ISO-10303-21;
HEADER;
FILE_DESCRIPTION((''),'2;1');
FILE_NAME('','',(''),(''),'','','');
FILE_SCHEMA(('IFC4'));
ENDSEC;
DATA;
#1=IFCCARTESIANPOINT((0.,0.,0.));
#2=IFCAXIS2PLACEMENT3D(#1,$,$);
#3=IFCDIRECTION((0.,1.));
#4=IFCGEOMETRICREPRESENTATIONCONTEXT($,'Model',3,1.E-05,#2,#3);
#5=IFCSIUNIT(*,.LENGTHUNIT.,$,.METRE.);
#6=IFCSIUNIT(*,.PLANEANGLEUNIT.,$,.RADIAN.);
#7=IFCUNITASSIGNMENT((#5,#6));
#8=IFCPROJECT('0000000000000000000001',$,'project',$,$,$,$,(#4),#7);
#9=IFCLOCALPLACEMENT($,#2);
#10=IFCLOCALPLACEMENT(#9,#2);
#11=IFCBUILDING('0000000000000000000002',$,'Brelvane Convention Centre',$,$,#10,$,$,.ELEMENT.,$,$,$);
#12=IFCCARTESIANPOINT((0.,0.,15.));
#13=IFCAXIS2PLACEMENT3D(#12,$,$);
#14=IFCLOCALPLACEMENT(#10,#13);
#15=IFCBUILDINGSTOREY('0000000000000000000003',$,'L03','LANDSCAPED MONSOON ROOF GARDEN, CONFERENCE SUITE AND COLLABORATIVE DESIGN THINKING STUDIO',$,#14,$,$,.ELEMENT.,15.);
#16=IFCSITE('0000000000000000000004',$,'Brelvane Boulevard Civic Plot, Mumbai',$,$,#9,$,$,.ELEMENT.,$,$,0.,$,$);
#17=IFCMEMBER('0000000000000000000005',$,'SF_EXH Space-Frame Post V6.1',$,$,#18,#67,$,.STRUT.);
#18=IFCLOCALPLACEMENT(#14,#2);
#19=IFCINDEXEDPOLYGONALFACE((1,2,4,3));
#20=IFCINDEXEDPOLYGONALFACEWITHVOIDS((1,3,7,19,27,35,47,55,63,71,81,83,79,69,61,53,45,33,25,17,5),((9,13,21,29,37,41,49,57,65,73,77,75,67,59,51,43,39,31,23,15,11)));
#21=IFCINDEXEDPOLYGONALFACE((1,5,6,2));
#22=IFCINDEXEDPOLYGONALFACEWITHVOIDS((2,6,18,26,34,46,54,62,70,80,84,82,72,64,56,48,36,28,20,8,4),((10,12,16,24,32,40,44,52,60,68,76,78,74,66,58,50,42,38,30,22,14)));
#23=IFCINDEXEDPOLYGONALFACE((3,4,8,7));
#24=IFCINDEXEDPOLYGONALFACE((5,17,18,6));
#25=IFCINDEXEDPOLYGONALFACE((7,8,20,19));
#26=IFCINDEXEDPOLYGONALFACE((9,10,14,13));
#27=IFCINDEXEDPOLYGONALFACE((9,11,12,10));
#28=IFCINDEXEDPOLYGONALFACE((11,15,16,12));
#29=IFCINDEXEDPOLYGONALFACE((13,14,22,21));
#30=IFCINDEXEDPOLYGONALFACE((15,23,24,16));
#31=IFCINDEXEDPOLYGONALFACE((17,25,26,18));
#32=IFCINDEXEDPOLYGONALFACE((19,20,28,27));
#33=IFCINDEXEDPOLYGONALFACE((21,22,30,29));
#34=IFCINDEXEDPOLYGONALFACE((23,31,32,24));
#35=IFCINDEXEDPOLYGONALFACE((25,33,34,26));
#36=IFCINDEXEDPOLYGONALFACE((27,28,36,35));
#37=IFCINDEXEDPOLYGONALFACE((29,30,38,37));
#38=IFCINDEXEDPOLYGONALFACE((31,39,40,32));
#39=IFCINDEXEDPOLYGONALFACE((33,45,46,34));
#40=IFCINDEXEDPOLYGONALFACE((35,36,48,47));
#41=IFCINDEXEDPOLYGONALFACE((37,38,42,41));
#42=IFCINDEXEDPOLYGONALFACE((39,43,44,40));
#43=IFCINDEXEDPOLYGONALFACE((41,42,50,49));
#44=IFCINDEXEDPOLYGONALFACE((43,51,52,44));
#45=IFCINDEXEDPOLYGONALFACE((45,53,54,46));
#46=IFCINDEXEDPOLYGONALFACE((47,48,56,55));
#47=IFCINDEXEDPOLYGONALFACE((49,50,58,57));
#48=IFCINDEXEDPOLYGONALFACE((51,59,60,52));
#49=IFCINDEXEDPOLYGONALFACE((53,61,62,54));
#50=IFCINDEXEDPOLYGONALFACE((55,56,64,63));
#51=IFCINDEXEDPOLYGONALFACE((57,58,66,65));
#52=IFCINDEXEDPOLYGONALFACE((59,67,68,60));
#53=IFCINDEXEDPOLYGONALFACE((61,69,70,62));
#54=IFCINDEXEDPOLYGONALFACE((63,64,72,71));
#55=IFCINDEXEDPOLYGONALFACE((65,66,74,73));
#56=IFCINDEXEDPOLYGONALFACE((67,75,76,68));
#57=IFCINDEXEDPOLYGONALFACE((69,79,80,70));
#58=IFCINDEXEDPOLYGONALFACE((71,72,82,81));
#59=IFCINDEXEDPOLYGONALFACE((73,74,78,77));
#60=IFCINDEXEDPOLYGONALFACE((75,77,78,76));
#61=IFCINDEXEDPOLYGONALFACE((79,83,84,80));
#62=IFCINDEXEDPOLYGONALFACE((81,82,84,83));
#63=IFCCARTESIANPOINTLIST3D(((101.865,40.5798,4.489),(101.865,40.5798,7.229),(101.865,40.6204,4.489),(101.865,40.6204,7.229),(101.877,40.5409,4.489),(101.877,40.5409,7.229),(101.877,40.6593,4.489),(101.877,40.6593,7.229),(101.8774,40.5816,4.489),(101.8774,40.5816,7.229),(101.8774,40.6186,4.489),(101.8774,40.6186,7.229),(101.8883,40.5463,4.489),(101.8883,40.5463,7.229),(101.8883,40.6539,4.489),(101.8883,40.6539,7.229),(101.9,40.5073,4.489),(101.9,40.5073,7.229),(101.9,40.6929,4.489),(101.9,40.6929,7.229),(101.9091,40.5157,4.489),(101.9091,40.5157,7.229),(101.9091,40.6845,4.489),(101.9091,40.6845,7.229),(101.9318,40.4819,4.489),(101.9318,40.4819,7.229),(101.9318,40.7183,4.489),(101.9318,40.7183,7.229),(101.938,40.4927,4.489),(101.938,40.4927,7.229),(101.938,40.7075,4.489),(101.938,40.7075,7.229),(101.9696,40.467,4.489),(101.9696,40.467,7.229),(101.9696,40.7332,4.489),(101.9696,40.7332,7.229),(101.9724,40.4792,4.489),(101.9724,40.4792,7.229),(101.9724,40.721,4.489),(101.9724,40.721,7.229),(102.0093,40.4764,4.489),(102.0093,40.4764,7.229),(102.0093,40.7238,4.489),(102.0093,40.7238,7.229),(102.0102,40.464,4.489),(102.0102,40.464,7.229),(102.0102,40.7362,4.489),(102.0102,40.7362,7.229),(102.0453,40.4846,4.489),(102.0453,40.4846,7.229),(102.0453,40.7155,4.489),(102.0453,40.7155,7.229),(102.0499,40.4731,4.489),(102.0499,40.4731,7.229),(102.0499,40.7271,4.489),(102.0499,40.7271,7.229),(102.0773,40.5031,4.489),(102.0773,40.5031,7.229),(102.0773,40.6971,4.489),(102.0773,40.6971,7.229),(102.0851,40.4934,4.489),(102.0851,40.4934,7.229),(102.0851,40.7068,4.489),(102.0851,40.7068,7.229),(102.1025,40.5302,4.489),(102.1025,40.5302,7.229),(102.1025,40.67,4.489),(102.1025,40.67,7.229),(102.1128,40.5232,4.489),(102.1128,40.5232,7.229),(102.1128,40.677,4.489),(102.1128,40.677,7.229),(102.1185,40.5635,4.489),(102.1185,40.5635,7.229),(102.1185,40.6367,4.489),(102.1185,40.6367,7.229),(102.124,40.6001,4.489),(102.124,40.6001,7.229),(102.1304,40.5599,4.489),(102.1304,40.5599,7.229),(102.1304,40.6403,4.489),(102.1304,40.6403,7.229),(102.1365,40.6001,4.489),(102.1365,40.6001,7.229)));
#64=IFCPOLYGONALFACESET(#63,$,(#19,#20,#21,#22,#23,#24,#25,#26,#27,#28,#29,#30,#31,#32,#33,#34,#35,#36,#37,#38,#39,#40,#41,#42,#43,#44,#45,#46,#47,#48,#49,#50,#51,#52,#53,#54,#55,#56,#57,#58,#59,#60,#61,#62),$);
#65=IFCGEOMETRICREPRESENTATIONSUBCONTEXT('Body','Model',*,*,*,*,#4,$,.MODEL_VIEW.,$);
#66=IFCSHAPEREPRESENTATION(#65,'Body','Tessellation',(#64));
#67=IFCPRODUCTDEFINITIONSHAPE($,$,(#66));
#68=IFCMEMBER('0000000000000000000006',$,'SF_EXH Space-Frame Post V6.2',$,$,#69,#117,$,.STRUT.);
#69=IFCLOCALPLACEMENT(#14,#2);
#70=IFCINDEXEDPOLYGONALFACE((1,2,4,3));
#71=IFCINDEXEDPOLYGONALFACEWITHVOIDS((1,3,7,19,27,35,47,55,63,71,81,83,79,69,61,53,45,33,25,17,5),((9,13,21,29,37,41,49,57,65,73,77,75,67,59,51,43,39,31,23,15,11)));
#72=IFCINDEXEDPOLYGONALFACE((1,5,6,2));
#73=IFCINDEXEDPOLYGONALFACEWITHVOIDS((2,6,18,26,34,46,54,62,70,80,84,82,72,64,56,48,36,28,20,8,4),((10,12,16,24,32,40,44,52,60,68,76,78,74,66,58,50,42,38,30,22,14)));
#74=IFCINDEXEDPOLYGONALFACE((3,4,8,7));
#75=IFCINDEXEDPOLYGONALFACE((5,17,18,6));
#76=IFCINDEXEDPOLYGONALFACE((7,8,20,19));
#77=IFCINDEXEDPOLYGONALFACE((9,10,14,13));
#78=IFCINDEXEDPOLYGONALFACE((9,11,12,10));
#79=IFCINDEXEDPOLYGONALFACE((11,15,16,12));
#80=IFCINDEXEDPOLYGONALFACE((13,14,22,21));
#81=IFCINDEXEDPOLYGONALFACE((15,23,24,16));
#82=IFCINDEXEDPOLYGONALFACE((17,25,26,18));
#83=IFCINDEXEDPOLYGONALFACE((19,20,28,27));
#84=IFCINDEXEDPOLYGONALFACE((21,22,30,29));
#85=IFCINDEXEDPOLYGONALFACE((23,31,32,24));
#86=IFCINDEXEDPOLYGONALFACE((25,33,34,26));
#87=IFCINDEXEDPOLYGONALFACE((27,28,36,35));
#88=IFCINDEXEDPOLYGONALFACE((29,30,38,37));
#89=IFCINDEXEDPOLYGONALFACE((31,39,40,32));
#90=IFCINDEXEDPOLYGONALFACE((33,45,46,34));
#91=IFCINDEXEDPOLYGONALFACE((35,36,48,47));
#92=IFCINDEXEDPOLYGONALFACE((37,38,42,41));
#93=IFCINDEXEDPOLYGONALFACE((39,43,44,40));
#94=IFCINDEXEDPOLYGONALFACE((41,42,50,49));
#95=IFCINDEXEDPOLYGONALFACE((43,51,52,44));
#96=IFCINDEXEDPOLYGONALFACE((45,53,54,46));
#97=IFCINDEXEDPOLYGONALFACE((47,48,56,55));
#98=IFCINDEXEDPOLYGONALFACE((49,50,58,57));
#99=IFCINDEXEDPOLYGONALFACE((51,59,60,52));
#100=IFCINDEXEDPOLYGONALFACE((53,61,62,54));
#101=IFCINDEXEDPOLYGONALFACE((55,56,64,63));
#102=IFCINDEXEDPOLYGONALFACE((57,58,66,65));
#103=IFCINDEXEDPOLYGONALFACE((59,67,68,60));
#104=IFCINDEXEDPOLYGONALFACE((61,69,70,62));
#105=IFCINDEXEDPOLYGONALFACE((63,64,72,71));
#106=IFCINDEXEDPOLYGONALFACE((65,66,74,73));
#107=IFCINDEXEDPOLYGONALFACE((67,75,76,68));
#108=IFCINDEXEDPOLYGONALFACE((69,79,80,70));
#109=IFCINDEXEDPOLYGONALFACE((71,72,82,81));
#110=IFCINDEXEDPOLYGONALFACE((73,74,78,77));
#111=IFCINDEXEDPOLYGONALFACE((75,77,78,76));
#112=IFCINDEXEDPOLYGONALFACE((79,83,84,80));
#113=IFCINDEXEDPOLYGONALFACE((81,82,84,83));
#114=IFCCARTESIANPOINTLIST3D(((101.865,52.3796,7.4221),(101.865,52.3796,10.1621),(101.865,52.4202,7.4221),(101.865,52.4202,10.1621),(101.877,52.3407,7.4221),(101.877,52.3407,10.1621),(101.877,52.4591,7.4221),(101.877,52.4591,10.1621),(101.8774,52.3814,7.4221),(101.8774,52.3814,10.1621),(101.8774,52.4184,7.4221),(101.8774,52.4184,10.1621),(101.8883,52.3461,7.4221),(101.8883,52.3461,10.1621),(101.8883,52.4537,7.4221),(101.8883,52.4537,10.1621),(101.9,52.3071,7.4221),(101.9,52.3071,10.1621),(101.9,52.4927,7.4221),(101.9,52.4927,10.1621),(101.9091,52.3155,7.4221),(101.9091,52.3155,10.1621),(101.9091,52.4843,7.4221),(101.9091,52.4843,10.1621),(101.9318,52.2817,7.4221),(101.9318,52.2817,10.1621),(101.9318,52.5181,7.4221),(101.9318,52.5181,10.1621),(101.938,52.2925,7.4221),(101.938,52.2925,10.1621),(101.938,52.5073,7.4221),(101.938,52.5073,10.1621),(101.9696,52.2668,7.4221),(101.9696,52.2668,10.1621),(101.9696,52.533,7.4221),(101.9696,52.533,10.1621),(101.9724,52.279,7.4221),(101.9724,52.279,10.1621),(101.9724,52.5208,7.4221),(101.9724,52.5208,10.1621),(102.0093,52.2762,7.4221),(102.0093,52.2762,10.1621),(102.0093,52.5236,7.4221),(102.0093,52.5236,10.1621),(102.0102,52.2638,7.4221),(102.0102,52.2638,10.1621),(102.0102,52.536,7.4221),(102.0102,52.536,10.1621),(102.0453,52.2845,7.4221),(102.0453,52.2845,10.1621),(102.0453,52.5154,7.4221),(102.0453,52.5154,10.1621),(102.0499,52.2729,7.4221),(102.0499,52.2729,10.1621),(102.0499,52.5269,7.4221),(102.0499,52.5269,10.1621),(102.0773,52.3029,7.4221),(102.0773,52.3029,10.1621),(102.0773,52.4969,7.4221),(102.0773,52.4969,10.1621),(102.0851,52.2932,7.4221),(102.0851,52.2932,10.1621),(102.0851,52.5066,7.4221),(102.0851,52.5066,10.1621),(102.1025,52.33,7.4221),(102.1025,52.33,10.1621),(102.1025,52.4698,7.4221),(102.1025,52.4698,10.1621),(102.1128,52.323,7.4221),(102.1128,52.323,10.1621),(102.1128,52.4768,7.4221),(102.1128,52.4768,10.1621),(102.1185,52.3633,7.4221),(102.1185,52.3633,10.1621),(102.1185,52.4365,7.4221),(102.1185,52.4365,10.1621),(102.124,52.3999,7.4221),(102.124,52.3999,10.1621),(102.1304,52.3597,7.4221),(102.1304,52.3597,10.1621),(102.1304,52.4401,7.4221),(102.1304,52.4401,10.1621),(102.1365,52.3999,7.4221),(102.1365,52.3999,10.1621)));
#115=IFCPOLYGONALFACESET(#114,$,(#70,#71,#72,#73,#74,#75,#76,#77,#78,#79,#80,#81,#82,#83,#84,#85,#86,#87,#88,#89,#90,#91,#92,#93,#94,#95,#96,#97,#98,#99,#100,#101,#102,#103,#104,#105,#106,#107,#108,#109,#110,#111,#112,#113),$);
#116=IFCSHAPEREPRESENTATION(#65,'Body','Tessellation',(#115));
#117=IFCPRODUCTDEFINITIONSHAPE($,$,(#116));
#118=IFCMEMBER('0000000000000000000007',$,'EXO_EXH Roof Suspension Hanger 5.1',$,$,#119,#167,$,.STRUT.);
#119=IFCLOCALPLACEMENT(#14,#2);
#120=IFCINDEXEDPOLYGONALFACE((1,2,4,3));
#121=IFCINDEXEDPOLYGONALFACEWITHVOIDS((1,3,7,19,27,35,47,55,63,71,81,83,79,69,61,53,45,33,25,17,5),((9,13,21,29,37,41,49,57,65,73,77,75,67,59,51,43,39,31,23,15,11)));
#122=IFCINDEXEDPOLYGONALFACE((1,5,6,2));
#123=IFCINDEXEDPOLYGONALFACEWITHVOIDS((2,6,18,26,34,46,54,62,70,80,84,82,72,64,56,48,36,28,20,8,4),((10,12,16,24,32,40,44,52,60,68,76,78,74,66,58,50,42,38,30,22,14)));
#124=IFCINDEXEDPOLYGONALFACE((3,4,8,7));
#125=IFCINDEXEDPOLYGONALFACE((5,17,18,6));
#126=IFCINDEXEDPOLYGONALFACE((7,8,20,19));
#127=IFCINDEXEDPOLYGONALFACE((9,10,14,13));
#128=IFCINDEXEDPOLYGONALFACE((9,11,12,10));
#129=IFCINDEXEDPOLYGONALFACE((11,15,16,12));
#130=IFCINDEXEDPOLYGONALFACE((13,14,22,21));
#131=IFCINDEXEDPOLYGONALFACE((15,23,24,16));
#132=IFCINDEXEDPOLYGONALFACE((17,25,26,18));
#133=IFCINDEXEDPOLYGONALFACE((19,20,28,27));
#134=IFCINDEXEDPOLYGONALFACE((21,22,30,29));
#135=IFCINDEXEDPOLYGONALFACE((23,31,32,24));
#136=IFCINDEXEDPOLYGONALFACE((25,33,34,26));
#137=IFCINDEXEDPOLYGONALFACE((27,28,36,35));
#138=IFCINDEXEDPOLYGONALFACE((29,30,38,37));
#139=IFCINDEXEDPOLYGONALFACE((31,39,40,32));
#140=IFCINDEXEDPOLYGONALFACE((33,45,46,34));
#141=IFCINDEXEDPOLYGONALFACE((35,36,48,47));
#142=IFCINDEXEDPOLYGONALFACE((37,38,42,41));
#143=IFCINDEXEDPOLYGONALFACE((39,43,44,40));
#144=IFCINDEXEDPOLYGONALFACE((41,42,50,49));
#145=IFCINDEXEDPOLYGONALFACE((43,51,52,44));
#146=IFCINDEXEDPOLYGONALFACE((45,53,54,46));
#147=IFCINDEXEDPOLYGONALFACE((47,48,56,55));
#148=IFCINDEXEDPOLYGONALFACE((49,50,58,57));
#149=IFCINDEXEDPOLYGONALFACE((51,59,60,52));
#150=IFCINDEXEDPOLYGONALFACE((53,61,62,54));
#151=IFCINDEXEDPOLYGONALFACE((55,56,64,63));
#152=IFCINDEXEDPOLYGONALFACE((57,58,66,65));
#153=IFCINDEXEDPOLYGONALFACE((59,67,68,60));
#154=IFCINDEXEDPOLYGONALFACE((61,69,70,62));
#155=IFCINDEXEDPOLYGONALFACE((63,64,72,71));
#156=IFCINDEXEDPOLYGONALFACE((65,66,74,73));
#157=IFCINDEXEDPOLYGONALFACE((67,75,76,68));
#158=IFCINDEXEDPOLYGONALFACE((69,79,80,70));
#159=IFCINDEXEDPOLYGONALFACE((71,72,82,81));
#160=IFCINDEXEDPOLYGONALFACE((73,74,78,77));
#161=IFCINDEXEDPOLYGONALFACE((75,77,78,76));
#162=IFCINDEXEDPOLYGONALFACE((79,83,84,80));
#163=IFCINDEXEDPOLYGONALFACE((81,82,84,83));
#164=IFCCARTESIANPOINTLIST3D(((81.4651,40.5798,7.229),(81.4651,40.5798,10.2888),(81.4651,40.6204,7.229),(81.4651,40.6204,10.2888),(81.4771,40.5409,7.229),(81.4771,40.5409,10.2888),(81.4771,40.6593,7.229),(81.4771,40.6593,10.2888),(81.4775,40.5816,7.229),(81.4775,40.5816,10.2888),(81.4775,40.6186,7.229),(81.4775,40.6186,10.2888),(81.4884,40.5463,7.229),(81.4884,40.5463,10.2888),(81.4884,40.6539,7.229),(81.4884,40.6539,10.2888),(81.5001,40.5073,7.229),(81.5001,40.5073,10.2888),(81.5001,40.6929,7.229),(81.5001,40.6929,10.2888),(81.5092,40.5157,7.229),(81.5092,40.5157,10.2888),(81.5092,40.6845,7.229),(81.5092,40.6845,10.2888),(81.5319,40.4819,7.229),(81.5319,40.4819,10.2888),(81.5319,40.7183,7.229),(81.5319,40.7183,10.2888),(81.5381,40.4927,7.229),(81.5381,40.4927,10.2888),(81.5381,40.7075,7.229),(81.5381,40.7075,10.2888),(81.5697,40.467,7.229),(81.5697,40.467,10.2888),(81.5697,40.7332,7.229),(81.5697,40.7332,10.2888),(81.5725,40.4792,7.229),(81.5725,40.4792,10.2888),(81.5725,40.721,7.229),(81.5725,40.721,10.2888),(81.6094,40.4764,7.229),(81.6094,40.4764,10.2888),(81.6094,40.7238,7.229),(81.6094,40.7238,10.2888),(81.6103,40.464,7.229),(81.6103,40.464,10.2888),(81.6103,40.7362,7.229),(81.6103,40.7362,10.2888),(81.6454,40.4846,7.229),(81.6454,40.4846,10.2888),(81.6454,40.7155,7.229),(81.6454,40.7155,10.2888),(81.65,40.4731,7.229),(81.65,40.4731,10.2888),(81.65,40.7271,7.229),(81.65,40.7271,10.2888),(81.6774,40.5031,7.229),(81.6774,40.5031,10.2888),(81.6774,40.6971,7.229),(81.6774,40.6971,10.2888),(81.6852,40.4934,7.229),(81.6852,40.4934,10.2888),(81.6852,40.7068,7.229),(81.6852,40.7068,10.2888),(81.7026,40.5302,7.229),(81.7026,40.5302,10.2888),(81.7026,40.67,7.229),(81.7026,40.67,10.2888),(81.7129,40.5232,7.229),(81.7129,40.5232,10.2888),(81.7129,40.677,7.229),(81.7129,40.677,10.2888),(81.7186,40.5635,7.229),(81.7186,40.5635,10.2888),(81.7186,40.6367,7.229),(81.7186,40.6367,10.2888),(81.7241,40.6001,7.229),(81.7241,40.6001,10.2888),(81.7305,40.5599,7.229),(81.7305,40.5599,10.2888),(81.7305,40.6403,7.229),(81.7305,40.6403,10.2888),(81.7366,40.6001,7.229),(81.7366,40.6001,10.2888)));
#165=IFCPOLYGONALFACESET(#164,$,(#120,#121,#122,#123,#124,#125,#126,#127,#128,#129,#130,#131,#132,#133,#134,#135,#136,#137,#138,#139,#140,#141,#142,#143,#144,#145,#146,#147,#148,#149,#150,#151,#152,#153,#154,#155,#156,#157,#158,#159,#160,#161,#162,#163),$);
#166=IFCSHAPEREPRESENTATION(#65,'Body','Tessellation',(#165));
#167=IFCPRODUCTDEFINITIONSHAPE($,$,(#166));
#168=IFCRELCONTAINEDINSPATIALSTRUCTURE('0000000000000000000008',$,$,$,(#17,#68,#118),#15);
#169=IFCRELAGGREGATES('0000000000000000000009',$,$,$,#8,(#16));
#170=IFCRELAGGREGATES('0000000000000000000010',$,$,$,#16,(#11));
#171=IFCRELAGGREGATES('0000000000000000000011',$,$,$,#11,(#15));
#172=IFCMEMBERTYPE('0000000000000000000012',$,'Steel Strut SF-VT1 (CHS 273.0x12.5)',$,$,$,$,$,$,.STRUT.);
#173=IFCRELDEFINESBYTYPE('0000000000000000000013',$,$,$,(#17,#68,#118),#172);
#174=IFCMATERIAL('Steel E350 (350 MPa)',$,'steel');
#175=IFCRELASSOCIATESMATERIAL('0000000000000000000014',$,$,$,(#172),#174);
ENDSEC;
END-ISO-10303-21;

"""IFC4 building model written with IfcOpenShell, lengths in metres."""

from ifc_helpers import new_model, si_unit, direction, frame, origin, origin_2d, place, context, subcontext, project, spatial, hollow_circle, extrude, material, material_profile, profile_set, type_object, element, save


model = new_model("IFC4")

# Units and contexts
model_context = context("Model", 3, precision=1e-05, world=origin(), true_north=direction((0.0, 1.0)))
body_context = subcontext(model_context, "Body", "Model", "MODEL_VIEW")
ifc_project = project(units=[si_unit("LENGTHUNIT", "METRE"), si_unit("PLANEANGLEUNIT", "RADIAN")], contexts=[model_context])

# Site, building, storey
site_placement = place(None, origin())
site = spatial("IfcSite", under=ifc_project, at=site_placement, Name="Brelvane Boulevard Civic Plot, Mumbai", CompositionType="ELEMENT", RefElevation=0.0)
building_placement = place(site_placement, origin())
building = spatial("IfcBuilding", under=site, at=building_placement, Name="Brelvane Convention Centre", CompositionType="ELEMENT")
storey_placement = place(building_placement, frame((0.0, 0.0, 15.0)))
storey = spatial("IfcBuildingStorey", under=building, at=storey_placement, Name="L03", Description="LANDSCAPED MONSOON ROOF GARDEN, CONFERENCE SUITE AND COLLABORATIVE DESIGN THINKING STUDIO", CompositionType="ELEMENT", Elevation=15.0)

# Members
ifc_material_1 = material(Name="Steel E350 (350 MPa)", Category="steel")
ifc_material_profile_1 = material_profile(ifc_material_1, hollow_circle(Radius=0.1365, WallThickness=0.0125, at=origin_2d()), Name="CHS 273.0x12.5")
ifc_profile_set_1 = profile_set([ifc_material_profile_1], Name="Steel E350 (350 MPa)")
member_type_1 = type_object("IfcMemberType", Name="Steel Strut SF-VT1 (CHS 273.0x12.5)", PredefinedType="STRUT", material=ifc_profile_set_1)
for number, where, z_axis, x_axis, name in (
    (1, (102.0, 40.6001, 4.489), (0.0, 0.0, 1.0), (1.0, 0.0, 0.0), "SF_EXH Space-Frame Post V6.1"),
    (2, (102.0, 52.3999, 7.4221), (0.0, 0.0, 1.0), (1.0, 0.0, 0.0), "SF_EXH Space-Frame Post V6.2"),
):
    element("IfcMember", number, at=place(storey_placement, frame(where, z_axis=z_axis, x_axis=x_axis)), inside=storey, type_object=member_type_1, Name=name, PredefinedType="STRUT", context=body_context, shape_type="SweptSolid", body=[
        extrude(hollow_circle(Radius=0.1365, WallThickness=0.0125, at=origin_2d()), origin(), (0.0, 0.0, 1.0), 2.74),
    ])
member_1_placement = place(storey_placement, frame((81.6001, 40.6001, 7.229), z_axis=(0.0, 0.0, 1.0), x_axis=(1.0, 0.0, 0.0)))
element("IfcMember", 3, at=member_1_placement, inside=storey, type_object=member_type_1, Name="EXO_EXH Roof Suspension Hanger 5.1", PredefinedType="STRUT", context=body_context, shape_type="SweptSolid", body=[
    extrude(hollow_circle(Radius=0.1365, WallThickness=0.0125, at=origin_2d()), origin(), (0.0, 0.0, 1.0), 3.0598),
])

save(model, "model.ifc")
